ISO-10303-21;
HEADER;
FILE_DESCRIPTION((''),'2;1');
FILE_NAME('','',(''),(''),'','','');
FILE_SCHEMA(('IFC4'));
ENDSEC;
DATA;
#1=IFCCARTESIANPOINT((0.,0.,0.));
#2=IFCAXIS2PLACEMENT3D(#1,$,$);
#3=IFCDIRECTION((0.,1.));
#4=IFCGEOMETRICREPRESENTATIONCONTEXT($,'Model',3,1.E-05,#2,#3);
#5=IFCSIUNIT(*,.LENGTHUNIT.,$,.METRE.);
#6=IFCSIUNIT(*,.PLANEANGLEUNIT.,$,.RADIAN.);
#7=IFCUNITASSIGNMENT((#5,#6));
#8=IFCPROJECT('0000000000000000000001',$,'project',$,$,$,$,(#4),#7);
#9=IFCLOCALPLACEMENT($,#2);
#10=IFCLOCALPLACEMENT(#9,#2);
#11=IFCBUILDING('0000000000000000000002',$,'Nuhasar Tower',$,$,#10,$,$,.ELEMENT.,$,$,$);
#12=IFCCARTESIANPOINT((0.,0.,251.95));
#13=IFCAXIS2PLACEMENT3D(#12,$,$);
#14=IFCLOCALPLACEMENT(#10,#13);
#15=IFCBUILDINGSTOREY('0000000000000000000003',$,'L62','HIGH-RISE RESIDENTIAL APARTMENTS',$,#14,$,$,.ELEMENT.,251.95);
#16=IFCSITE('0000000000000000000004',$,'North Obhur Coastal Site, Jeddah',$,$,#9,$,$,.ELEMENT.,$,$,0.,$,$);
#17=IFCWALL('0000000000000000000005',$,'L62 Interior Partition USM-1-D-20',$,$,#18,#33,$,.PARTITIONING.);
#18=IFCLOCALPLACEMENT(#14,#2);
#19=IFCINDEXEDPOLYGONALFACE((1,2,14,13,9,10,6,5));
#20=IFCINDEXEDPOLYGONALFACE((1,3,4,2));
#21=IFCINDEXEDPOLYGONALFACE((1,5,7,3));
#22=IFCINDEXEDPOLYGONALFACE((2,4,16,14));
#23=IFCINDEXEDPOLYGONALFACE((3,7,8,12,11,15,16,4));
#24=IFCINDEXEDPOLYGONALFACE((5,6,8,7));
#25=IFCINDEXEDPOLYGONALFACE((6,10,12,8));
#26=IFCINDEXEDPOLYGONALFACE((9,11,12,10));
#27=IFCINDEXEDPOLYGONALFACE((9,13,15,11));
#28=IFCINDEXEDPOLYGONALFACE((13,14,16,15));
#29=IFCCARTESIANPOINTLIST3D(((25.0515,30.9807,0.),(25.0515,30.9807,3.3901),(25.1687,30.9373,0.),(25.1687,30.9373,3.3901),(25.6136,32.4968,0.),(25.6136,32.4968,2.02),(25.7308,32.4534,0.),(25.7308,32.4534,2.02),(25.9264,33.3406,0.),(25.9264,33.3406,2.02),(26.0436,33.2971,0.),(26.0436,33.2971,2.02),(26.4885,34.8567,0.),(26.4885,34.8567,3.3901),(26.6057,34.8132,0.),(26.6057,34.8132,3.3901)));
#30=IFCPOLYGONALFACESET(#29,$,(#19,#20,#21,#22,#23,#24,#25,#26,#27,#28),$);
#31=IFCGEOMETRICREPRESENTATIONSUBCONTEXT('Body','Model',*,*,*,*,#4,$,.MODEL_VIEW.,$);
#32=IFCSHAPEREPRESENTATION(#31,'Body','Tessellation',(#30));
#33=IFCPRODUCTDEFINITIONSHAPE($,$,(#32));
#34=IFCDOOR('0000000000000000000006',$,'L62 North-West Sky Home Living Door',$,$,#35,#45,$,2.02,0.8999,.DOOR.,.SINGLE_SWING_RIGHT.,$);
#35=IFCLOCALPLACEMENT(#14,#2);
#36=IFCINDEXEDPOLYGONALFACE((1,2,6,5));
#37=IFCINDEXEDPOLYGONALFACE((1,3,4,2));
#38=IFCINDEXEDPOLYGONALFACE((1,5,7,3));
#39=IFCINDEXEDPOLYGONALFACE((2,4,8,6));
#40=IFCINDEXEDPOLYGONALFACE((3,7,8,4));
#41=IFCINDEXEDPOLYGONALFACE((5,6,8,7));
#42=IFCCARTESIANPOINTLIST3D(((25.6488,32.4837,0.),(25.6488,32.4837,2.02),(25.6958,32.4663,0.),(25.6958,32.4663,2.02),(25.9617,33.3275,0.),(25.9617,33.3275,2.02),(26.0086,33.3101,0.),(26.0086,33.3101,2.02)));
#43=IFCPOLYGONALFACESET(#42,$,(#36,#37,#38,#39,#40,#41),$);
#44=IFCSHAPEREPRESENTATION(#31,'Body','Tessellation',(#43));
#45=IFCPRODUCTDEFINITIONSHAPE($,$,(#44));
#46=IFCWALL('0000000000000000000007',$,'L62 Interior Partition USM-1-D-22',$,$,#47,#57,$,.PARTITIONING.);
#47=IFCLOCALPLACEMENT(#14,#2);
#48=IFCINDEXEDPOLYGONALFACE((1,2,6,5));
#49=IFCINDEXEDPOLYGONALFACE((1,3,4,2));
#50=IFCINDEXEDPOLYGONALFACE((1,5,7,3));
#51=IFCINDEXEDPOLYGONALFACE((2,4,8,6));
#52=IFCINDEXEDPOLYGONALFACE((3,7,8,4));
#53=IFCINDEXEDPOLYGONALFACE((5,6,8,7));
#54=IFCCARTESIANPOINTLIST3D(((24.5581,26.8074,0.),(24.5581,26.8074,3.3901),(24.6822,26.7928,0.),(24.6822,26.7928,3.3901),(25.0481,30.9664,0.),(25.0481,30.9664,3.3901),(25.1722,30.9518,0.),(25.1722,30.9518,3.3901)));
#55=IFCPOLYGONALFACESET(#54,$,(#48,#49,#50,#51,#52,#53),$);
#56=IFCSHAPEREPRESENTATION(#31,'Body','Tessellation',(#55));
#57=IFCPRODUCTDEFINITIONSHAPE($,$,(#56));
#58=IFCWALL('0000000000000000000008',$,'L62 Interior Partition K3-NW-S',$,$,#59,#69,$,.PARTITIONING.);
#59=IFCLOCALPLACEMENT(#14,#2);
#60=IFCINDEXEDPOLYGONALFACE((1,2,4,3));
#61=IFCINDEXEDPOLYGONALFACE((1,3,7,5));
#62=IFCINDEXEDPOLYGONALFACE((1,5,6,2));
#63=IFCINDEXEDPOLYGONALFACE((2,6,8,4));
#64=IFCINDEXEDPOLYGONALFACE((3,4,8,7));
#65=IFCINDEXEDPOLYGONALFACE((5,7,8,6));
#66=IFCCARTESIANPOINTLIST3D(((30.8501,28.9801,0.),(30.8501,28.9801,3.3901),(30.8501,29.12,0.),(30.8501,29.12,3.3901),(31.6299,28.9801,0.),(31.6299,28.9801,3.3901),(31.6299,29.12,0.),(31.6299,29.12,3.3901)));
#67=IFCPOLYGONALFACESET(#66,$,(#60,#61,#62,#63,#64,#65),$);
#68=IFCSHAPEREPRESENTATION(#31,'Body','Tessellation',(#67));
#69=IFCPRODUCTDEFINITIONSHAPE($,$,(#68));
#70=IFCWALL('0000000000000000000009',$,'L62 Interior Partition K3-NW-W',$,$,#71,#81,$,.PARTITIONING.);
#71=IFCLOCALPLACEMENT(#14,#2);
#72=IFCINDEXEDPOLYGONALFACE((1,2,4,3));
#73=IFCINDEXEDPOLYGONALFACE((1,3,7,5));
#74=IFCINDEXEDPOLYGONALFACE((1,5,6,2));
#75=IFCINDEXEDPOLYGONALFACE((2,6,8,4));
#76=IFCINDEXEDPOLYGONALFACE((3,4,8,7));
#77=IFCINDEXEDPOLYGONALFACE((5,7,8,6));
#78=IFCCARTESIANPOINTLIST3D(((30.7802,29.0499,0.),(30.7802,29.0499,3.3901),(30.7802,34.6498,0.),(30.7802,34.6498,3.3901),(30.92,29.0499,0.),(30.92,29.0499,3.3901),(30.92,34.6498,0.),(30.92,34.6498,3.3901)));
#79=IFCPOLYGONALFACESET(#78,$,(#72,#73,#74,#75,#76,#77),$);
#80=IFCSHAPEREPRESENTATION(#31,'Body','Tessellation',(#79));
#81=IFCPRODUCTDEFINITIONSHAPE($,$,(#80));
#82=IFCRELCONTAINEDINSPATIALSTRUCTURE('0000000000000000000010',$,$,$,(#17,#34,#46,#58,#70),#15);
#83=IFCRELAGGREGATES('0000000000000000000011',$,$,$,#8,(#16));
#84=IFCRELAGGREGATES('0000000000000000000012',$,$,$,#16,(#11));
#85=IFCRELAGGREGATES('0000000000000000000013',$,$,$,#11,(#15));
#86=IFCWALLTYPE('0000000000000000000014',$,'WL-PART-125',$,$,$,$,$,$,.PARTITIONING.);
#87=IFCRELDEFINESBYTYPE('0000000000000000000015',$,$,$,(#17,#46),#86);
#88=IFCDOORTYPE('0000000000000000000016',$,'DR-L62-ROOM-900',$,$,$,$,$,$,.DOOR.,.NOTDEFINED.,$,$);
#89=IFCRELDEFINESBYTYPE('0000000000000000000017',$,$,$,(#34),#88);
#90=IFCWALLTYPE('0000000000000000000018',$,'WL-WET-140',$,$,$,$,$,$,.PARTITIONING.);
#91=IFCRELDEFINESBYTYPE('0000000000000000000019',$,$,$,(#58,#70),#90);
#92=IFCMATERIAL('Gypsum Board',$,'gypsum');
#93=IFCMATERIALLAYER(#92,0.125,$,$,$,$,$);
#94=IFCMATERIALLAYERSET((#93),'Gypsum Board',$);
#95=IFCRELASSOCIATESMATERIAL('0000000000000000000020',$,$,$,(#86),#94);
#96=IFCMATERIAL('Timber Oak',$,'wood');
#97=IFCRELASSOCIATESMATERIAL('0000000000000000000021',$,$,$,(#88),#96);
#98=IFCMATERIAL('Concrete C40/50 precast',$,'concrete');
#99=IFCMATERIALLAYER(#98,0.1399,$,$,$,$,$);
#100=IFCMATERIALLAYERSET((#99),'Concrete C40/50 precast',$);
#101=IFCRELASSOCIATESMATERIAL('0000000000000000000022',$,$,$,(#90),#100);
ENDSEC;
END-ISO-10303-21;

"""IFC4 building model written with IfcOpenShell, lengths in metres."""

from ifc_helpers import new_model, si_unit, direction, frame, frame_2d, origin, place, context, subcontext, project, spatial, rectangle, extrude, material, layer, layer_set, type_object, element, fill, save


model = new_model("IFC4")

# Units and contexts
model_context = context("Model", 3, precision=1e-05, world=origin(), true_north=direction((0.0, 1.0)))
body_context = subcontext(model_context, "Body", "Model", "MODEL_VIEW")
ifc_project = project(units=[si_unit("LENGTHUNIT", "METRE"), si_unit("PLANEANGLEUNIT", "RADIAN")], contexts=[model_context])

# Site, building, storey
site_placement = place(None, origin())
site = spatial("IfcSite", under=ifc_project, at=site_placement, Name="North Obhur Coastal Site, Jeddah", CompositionType="ELEMENT", RefElevation=0.0)
building_placement = place(site_placement, origin())
building = spatial("IfcBuilding", under=site, at=building_placement, Name="Nuhasar Tower", CompositionType="ELEMENT")
storey_placement = place(building_placement, frame((0.0, 0.0, 251.95)))
storey = spatial("IfcBuildingStorey", under=building, at=storey_placement, Name="L62", Description="HIGH-RISE RESIDENTIAL APARTMENTS", CompositionType="ELEMENT", Elevation=251.95)

# Shared definitions
ifc_material_1 = material(Name="Gypsum Board", Category="gypsum")

# Shared definitions
ifc_material_2 = material(Name="Timber Oak", Category="wood")

# Shared definitions
ifc_layer_1 = layer(ifc_material_1, 0.125)
ifc_layer_set_1 = layer_set([ifc_layer_1], Name="Gypsum Board")
wall_type_1 = type_object("IfcWallType", Name="WL-PART-125", PredefinedType="PARTITIONING", material=ifc_layer_set_1)

# Wall, opening, door
wall_1_placement = place(storey_placement, frame((25.1101, 30.959, 0.0), z_axis=(0.0, 0.0, 1.0), x_axis=(0.347626, 0.937633, 0.0)))
wall_1 = element("IfcWall", 1, at=wall_1_placement, inside=storey, type_object=wall_type_1, Name="L62 Interior Partition USM-1-D-20", PredefinedType="PARTITIONING", context=body_context, shape_type="SweptSolid", body=[
    extrude(rectangle(XDim=4.1338, YDim=0.125, at=frame_2d((2.0669, 0.0))), origin(), (0.0, 0.0, 1.0), 3.3901),
])
opening_1_placement = place(wall_1_placement, frame((1.6169, 0.0, 0.0)))
opening_1 = element("IfcOpeningElement", 2, at=opening_1_placement, cuts=wall_1, PredefinedType="OPENING", context=body_context, shape_type="SweptSolid", body=[
    extrude(rectangle(XDim=0.8999, YDim=2.02, at=frame_2d((0.45, 1.01))), frame((0.0, 0.0725, 0.0), z_axis=(0.0, -1.0, 0.0), x_axis=(1.0, 0.0, 0.0)), (0.0, 0.0, 1.0), 0.145),
])
door_type_1 = type_object("IfcDoorType", Name="DR-L62-ROOM-900", OperationType="NOTDEFINED", PredefinedType="DOOR", material=ifc_material_2)
door_1_placement = place(opening_1_placement, origin())
door_1 = element("IfcDoor", 3, at=door_1_placement, inside=storey, type_object=door_type_1, Name="L62 North-West Sky Home Living Door", OperationType="SINGLE_SWING_RIGHT", OverallHeight=2.02, OverallWidth=0.8999, PredefinedType="DOOR", context=body_context, shape_type="SweptSolid", body=[
    extrude(rectangle(XDim=0.8999, YDim=2.02, at=frame_2d((0.45, 1.01))), frame((0.0, 0.0249, 0.0), z_axis=(0.0, -1.0, 0.0), x_axis=(1.0, 0.0, 0.0)), (0.0, 0.0, 1.0), 0.05),
])
fill(opening_1, door_1)

# Walls
wall_2_placement = place(storey_placement, frame((25.1101, 30.959, 0.0), z_axis=(0.0, 0.0, 1.0), x_axis=(-0.117007, -0.993131, 0.0)))
element("IfcWall", 4, at=wall_2_placement, inside=storey, type_object=wall_type_1, Name="L62 Interior Partition USM-1-D-22", PredefinedType="PARTITIONING", context=body_context, shape_type="SweptSolid", body=[
    extrude(rectangle(XDim=4.1877, YDim=0.125, at=frame_2d((2.0938, 0.0))), origin(), (0.0, 0.0, 1.0), 3.3901),
])
ifc_material_3 = material(Name="Concrete C40/50 precast", Category="concrete")
ifc_layer_2 = layer(ifc_material_3, 0.1399)
ifc_layer_set_2 = layer_set([ifc_layer_2], Name="Concrete C40/50 precast")
wall_type_2 = type_object("IfcWallType", Name="WL-WET-140", PredefinedType="PARTITIONING", material=ifc_layer_set_2)
wall_3_placement = place(storey_placement, frame((30.8501, 29.05, 0.0), z_axis=(0.0, 0.0, 1.0), x_axis=(1.0, 0.0, 0.0)))
element("IfcWall", 5, at=wall_3_placement, inside=storey, type_object=wall_type_2, Name="L62 Interior Partition K3-NW-S", PredefinedType="PARTITIONING", context=body_context, shape_type="SweptSolid", body=[
    extrude(rectangle(XDim=0.7798, YDim=0.1399, at=frame_2d((0.3899, 0.0))), origin(), (0.0, 0.0, 1.0), 3.3901),
])
wall_4_placement = place(storey_placement, frame((30.8501, 29.05, 0.0), z_axis=(0.0, 0.0, 1.0), x_axis=(0.0, 1.0, 0.0)))
element("IfcWall", 6, at=wall_4_placement, inside=storey, type_object=wall_type_2, Name="L62 Interior Partition K3-NW-W", PredefinedType="PARTITIONING", context=body_context, shape_type="SweptSolid", body=[
    extrude(rectangle(XDim=5.5999, YDim=0.1399, at=frame_2d((2.7998, 0.0))), origin(), (0.0, 0.0, 1.0), 3.3901),
])

save(model, "model.ifc")
